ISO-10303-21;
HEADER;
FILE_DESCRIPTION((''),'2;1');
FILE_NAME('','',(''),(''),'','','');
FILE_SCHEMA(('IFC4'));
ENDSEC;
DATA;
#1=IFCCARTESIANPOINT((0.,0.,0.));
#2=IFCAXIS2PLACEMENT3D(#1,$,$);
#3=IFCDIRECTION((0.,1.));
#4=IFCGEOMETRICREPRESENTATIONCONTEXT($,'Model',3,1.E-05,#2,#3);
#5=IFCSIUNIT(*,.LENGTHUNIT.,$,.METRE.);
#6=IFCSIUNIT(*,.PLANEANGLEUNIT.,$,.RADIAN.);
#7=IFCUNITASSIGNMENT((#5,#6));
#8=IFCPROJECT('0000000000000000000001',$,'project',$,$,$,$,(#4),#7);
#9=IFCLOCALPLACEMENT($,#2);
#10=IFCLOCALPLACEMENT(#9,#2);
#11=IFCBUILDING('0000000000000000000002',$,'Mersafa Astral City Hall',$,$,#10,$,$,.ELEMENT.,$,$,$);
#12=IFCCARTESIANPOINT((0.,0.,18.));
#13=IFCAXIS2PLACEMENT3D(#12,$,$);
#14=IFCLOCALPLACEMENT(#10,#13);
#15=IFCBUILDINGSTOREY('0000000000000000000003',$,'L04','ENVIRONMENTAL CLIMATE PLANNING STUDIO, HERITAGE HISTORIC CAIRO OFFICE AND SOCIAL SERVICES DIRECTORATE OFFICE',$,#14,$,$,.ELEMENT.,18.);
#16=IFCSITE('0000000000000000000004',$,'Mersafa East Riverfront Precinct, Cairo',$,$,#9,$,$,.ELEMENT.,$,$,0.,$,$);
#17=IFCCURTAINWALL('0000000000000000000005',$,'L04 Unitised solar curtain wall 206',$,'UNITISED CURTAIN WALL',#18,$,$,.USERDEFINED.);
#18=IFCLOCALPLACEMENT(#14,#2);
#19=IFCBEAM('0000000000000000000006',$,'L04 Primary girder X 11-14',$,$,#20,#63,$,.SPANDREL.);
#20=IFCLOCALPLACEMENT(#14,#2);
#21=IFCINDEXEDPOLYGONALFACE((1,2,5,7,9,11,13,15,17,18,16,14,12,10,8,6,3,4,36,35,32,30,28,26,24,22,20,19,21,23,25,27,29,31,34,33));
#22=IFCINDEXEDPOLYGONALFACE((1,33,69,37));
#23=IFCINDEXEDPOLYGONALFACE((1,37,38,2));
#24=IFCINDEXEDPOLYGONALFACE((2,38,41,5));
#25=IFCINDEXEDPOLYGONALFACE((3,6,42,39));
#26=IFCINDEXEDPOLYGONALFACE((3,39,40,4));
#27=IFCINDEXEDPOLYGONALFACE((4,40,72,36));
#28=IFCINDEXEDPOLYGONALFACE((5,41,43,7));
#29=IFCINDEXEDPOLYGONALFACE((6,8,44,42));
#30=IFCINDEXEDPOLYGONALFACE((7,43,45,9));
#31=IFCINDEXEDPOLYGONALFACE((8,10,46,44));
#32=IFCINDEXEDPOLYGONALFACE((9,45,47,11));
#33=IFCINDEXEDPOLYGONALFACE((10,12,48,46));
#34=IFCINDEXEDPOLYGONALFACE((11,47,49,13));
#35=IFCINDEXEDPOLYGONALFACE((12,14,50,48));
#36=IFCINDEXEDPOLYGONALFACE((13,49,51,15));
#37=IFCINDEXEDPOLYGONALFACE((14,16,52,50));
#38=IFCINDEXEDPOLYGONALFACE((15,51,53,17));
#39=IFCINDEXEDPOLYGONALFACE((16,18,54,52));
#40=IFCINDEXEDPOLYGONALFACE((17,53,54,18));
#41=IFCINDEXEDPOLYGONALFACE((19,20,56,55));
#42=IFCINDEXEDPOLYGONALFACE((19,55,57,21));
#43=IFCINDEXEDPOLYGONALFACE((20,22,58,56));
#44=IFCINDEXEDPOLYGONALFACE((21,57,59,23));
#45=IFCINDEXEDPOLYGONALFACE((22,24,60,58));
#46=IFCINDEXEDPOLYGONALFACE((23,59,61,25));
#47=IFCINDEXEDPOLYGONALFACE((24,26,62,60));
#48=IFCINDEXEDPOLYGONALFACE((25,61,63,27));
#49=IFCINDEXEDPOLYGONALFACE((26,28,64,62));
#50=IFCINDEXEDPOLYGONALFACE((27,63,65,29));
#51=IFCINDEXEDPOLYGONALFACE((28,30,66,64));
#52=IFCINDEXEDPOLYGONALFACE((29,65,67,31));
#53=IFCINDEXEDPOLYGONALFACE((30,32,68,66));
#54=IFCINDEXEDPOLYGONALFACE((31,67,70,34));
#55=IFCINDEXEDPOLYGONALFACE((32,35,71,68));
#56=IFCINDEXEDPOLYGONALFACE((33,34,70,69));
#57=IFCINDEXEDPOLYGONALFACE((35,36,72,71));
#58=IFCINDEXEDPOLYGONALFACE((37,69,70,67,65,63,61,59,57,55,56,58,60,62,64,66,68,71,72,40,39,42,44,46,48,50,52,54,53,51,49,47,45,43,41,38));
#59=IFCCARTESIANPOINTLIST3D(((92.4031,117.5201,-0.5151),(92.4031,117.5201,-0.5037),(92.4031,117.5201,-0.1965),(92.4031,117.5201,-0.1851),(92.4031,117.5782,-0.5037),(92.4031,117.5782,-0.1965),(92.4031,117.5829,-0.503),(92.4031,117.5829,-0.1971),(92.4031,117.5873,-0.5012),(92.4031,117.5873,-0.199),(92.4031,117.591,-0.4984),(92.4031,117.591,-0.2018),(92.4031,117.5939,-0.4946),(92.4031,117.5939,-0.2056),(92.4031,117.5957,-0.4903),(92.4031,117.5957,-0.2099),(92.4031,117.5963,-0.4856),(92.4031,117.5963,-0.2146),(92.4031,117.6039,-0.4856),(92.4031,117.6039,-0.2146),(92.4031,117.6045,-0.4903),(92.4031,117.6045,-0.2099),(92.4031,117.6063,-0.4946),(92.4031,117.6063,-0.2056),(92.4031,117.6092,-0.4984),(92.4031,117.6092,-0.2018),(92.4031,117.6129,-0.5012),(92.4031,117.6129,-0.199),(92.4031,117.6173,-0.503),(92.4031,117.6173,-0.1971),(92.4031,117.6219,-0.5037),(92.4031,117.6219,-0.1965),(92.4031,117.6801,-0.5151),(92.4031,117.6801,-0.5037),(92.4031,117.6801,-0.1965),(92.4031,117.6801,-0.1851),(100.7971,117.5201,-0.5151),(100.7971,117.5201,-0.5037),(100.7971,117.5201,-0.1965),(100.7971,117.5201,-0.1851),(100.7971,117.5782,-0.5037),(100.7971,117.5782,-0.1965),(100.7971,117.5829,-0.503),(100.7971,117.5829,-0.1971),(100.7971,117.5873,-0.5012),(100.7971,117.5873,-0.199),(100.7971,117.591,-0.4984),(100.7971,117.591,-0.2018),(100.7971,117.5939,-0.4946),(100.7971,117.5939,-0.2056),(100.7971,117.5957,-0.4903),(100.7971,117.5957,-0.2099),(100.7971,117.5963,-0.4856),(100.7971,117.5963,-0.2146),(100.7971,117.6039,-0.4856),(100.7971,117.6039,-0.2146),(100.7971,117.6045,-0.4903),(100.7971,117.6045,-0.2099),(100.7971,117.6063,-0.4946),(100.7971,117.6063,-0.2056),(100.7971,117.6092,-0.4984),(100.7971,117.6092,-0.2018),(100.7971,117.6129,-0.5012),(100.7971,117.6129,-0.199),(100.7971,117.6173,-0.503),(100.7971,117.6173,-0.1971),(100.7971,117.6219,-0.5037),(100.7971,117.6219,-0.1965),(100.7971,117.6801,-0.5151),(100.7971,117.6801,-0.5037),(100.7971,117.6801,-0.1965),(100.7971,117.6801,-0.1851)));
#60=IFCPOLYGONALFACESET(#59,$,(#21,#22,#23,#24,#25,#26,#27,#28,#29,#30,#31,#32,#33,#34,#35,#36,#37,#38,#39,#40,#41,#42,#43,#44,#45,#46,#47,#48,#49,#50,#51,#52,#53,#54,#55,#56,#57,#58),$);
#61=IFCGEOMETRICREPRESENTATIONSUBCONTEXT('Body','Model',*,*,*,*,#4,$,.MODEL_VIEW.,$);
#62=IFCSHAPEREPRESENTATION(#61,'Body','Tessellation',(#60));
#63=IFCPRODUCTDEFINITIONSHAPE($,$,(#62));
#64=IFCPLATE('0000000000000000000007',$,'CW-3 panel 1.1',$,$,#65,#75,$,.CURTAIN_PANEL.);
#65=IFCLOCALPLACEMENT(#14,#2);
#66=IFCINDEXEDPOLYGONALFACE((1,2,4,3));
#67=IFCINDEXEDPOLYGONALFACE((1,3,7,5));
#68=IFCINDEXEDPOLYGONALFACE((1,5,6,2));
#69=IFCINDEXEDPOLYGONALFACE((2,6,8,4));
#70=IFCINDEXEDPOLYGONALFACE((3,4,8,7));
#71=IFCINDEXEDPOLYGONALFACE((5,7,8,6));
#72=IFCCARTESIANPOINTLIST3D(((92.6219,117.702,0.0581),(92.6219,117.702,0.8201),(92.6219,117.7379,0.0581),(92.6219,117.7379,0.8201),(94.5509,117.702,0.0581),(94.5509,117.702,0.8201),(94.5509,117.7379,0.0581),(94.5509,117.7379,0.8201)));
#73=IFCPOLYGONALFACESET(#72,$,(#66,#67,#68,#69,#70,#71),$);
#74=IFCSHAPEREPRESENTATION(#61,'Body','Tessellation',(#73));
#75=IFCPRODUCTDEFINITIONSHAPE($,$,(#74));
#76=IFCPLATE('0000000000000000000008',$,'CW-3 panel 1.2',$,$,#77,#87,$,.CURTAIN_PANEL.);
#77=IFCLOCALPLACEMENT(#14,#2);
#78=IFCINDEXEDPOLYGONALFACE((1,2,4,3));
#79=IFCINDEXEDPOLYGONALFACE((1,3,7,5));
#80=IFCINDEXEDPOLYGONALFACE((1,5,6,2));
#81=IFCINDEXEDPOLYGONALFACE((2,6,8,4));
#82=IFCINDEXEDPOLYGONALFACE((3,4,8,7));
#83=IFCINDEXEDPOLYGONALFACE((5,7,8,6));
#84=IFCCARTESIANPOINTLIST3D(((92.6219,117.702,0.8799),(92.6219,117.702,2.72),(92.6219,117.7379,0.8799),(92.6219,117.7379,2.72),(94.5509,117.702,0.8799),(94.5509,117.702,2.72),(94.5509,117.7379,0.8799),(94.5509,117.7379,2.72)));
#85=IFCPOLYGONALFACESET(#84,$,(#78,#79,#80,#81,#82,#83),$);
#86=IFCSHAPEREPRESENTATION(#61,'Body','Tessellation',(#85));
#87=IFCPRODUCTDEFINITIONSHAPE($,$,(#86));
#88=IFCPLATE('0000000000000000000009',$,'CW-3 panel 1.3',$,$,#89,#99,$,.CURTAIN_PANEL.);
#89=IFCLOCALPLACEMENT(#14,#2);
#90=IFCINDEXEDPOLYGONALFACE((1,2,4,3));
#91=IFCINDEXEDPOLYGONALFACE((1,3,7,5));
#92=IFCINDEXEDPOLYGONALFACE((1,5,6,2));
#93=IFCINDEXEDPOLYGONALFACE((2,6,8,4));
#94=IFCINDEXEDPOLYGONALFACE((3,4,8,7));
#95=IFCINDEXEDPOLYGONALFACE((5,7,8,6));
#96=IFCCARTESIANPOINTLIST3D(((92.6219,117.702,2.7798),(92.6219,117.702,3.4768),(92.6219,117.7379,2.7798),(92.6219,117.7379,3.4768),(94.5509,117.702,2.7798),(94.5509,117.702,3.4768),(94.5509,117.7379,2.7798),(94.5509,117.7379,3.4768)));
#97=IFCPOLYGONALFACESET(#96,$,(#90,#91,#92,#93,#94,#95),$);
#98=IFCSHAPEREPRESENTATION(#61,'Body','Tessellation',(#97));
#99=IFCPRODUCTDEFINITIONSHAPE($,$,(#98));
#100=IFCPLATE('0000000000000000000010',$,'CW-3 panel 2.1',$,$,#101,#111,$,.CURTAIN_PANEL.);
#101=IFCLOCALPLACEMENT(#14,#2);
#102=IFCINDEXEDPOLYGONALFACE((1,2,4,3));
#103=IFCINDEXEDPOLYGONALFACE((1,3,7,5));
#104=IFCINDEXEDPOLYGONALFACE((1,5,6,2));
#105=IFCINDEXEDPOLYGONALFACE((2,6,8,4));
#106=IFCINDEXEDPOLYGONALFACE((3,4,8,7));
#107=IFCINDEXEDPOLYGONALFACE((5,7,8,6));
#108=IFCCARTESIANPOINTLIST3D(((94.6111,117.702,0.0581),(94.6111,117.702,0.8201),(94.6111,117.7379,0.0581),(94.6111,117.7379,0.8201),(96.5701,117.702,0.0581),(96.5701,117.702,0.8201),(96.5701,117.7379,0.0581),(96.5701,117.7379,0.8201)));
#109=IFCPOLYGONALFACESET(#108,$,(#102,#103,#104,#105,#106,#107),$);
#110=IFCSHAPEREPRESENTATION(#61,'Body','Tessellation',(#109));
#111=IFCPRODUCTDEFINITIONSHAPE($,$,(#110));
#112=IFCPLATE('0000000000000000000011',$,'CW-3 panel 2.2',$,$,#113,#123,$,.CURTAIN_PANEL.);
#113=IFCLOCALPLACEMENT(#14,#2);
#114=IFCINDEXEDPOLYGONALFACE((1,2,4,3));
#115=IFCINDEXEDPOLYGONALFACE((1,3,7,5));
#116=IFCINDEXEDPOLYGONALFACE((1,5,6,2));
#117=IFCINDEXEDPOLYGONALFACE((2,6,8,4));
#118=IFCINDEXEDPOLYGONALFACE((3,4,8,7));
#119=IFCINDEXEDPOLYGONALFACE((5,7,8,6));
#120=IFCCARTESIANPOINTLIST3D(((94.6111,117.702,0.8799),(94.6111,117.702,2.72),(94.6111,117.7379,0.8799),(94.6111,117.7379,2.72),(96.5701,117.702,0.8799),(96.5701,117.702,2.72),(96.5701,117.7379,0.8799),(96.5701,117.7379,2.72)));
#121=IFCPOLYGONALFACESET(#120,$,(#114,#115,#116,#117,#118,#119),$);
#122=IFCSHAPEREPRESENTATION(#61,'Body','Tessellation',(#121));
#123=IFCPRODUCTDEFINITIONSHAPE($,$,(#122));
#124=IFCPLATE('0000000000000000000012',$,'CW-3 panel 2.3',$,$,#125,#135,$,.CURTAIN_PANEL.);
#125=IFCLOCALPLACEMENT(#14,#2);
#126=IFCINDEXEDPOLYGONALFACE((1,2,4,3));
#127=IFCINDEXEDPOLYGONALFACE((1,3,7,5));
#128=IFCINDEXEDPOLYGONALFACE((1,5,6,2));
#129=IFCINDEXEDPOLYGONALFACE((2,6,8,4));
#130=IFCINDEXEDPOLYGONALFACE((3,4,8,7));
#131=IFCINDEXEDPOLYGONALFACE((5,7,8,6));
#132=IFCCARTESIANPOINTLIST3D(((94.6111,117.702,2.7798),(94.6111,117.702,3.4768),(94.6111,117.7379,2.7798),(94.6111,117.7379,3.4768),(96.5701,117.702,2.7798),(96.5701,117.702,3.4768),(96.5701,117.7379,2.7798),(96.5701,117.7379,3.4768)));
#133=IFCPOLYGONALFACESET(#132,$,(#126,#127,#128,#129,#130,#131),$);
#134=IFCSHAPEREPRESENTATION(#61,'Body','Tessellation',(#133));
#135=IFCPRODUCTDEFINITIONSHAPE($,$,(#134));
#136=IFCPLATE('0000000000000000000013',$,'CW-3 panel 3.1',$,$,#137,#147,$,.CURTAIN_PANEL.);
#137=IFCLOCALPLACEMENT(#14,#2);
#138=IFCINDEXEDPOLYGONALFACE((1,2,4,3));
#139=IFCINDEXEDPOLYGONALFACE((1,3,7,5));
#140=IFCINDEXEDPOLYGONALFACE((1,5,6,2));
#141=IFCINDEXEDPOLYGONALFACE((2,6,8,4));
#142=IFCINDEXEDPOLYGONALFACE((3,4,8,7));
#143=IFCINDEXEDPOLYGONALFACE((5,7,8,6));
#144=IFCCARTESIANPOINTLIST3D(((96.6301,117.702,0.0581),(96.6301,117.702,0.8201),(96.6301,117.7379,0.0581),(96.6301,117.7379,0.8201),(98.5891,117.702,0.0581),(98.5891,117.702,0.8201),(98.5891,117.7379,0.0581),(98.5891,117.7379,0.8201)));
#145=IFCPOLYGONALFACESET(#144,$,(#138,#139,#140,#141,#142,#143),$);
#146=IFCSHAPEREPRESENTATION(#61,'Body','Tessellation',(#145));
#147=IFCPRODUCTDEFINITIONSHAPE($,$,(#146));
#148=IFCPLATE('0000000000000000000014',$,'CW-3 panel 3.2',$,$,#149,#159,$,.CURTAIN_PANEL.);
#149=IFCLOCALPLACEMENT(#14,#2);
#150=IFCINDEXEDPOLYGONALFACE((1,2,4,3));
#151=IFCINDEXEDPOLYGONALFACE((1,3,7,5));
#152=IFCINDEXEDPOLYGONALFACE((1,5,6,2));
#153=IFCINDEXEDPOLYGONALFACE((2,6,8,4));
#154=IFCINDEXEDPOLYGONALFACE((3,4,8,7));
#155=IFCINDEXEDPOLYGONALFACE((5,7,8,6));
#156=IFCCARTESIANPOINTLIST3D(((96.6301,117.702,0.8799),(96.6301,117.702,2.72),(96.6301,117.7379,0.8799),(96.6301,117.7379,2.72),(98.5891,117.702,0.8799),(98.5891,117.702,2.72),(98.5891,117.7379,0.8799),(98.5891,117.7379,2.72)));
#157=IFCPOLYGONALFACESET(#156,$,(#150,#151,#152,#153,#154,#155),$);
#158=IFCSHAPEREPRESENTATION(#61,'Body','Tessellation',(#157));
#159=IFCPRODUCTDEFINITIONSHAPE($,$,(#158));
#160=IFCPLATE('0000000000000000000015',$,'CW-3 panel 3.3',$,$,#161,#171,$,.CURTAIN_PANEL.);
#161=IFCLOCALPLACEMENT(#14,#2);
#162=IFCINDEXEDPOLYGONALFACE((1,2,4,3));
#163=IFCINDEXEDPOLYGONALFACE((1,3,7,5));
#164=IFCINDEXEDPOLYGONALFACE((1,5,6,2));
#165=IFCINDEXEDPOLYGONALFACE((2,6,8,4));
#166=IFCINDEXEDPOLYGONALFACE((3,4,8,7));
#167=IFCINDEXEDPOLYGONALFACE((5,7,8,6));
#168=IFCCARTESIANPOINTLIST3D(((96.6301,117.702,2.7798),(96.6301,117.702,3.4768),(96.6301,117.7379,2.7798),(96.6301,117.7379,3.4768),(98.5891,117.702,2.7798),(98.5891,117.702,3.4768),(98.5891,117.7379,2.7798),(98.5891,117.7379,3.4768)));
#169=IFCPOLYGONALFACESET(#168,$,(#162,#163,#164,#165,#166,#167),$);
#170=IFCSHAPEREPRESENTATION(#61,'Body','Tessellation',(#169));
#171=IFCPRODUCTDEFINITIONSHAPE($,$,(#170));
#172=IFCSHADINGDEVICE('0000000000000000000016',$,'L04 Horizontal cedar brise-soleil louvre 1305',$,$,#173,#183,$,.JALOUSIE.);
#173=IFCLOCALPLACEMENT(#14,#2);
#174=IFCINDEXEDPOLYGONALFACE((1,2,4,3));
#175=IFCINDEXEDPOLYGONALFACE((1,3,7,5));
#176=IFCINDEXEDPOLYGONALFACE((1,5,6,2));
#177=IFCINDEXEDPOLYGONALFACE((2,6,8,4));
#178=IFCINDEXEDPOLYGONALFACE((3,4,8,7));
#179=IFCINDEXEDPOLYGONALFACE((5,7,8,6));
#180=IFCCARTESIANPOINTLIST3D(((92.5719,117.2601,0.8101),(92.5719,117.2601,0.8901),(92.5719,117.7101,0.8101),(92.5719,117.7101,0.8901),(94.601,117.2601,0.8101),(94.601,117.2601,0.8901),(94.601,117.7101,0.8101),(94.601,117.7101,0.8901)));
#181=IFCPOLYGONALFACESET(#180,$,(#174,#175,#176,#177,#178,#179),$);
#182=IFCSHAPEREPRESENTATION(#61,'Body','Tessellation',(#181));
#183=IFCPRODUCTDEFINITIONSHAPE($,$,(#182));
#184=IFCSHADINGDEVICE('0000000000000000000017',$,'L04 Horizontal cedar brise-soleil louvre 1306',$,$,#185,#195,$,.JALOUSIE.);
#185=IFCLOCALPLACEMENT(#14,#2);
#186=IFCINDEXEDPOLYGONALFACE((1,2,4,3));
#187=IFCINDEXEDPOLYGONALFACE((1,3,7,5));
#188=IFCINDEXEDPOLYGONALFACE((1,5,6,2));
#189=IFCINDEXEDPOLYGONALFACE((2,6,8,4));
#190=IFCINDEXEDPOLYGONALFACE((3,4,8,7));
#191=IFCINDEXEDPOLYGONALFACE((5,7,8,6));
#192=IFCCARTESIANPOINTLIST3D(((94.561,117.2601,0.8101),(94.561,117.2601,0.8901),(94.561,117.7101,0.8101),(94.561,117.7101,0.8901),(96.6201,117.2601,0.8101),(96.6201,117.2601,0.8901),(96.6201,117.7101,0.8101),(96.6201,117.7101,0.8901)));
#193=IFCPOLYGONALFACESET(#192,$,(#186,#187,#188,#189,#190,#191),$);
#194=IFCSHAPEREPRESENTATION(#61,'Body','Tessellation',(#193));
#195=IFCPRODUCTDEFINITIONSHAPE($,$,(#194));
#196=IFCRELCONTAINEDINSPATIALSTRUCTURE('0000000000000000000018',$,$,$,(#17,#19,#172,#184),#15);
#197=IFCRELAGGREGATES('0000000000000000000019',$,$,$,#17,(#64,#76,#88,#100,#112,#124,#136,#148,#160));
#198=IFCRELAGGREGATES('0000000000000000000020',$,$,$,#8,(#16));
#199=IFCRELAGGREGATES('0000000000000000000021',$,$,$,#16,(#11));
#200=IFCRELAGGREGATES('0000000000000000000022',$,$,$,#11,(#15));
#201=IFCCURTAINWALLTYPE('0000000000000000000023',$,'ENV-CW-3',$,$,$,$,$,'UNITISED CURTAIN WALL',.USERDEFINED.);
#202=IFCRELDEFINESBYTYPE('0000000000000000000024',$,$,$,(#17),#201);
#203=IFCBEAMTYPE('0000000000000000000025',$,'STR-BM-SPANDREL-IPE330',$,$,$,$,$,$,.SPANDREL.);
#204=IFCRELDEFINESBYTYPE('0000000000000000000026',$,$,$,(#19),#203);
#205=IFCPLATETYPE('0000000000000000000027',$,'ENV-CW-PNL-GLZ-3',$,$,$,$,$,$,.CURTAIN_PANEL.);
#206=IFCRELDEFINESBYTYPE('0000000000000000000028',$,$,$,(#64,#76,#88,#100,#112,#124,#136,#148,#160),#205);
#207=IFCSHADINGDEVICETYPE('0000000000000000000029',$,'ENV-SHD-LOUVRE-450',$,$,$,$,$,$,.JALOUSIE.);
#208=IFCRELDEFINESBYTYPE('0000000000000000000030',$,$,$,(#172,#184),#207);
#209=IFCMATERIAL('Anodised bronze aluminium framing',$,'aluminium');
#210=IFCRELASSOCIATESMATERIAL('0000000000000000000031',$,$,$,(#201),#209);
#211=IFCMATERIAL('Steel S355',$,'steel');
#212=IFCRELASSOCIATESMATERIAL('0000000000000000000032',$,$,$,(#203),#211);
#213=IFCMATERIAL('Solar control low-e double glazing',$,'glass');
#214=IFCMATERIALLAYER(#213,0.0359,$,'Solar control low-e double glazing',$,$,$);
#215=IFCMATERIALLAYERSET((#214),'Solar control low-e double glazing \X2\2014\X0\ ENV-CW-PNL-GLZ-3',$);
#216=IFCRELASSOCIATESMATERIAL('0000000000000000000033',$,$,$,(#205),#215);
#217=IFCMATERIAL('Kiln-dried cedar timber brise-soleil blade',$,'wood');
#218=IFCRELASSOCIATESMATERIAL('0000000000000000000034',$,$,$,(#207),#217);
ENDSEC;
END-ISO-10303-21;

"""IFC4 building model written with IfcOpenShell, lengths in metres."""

from ifc_helpers import new_model, si_unit, direction, frame, origin, origin_2d, place, context, subcontext, project, spatial, rectangle, i_section, extrude, material, layer, layer_set, material_profile, profile_set, type_object, element, aggregate, save


model = new_model("IFC4")

# Units and contexts
model_context = context("Model", 3, precision=1e-05, world=origin(), true_north=direction((0.0, 1.0)))
body_context = subcontext(model_context, "Body", "Model", "MODEL_VIEW")
ifc_project = project(units=[si_unit("LENGTHUNIT", "METRE"), si_unit("PLANEANGLEUNIT", "RADIAN")], contexts=[model_context])

# Site, building, storey
site_placement = place(None, origin())
site = spatial("IfcSite", under=ifc_project, at=site_placement, Name="Mersafa East Riverfront Precinct, Cairo", CompositionType="ELEMENT", RefElevation=0.0)
building_placement = place(site_placement, origin())
building = spatial("IfcBuilding", under=site, at=building_placement, Name="Mersafa Astral City Hall", CompositionType="ELEMENT")
storey_placement = place(building_placement, frame((0.0, 0.0, 18.0)))
storey = spatial("IfcBuildingStorey", under=building, at=storey_placement, Name="L04", Description="ENVIRONMENTAL CLIMATE PLANNING STUDIO, HERITAGE HISTORIC CAIRO OFFICE AND SOCIAL SERVICES DIRECTORATE OFFICE", CompositionType="ELEMENT", Elevation=18.0)

# Curtain wall
ifc_material_1 = material(Name="Anodised bronze aluminium framing", Category="aluminium")
curtain_wall_type = type_object("IfcCurtainWallType", Name="ENV-CW-3", ElementType="UNITISED CURTAIN WALL", PredefinedType="USERDEFINED", material=ifc_material_1)
curtain_wall_placement = place(storey_placement, origin())
curtain_wall = element("IfcCurtainWall", 1, at=curtain_wall_placement, inside=storey, type_object=curtain_wall_type, Name="L04 Unitised solar curtain wall 206", ObjectType="UNITISED CURTAIN WALL", PredefinedType="USERDEFINED")

# Beam
ifc_material_2 = material(Name="Steel S355", Category="steel")
ifc_material_profile_1 = material_profile(ifc_material_2, i_section(OverallWidth=0.1599, OverallDepth=0.3301, WebThickness=0.0076, FlangeThickness=0.0115, FilletRadius=0.0181, at=origin_2d()), Name="IPE 330")
ifc_profile_set_1 = profile_set([ifc_material_profile_1], Name="Steel S355")
beam_type_1 = type_object("IfcBeamType", Name="STR-BM-SPANDREL-IPE330", PredefinedType="SPANDREL", material=ifc_profile_set_1)
beam_placement = place(storey_placement, frame((92.4031, 117.6001, -0.3501), z_axis=(1.0, 0.0, 0.0), x_axis=(0.0, 1.0, 0.0)))
element("IfcBeam", 2, at=beam_placement, inside=storey, type_object=beam_type_1, Name="L04 Primary girder X 11-14", PredefinedType="SPANDREL", context=body_context, shape_type="SweptSolid", body=[
    extrude(i_section(OverallWidth=0.1599, OverallDepth=0.3301, WebThickness=0.0076, FlangeThickness=0.0115, FilletRadius=0.0181, at=origin_2d()), origin(), (0.0, 0.0, 1.0), 8.394),
])

# Plates
ifc_material_3 = material(Name="Solar control low-e double glazing", Category="glass")
ifc_layer = layer(ifc_material_3, 0.0359, Name="Solar control low-e double glazing")
ifc_layer_set = layer_set([ifc_layer], Name="Solar control low-e double glazing — ENV-CW-PNL-GLZ-3")
plate_type = type_object("IfcPlateType", Name="ENV-CW-PNL-GLZ-3", PredefinedType="CURTAIN_PANEL", material=ifc_layer_set)
plate_1_placement = place(storey_placement, frame((93.5864, 117.72, 0.0581), z_axis=(0.0, 0.0, 1.0), x_axis=(1.0, 0.0, 0.0)))
plate_1 = element("IfcPlate", 3, at=plate_1_placement, type_object=plate_type, Name="CW-3 panel 1.1", PredefinedType="CURTAIN_PANEL", context=body_context, shape_type="SweptSolid", body=[
    extrude(rectangle(XDim=1.929, YDim=0.0359, at=origin_2d()), origin(), (0.0, 0.0, 1.0), 0.762),
])
plate_2_placement = place(storey_placement, frame((93.5864, 117.72, 0.8799), z_axis=(0.0, 0.0, 1.0), x_axis=(1.0, 0.0, 0.0)))
plate_2 = element("IfcPlate", 4, at=plate_2_placement, type_object=plate_type, Name="CW-3 panel 1.2", PredefinedType="CURTAIN_PANEL", context=body_context, shape_type="SweptSolid", body=[
    extrude(rectangle(XDim=1.929, YDim=0.0359, at=origin_2d()), origin(), (0.0, 0.0, 1.0), 1.8401),
])
plate_3_placement = place(storey_placement, frame((93.5864, 117.72, 2.7798), z_axis=(0.0, 0.0, 1.0), x_axis=(1.0, 0.0, 0.0)))
plate_3 = element("IfcPlate", 5, at=plate_3_placement, type_object=plate_type, Name="CW-3 panel 1.3", PredefinedType="CURTAIN_PANEL", context=body_context, shape_type="SweptSolid", body=[
    extrude(rectangle(XDim=1.929, YDim=0.0359, at=origin_2d()), origin(), (0.0, 0.0, 1.0), 0.697),
])
plate_4_placement = place(storey_placement, frame((95.5906, 117.72, 0.0581), z_axis=(0.0, 0.0, 1.0), x_axis=(1.0, 0.0, 0.0)))
plate_4 = element("IfcPlate", 6, at=plate_4_placement, type_object=plate_type, Name="CW-3 panel 2.1", PredefinedType="CURTAIN_PANEL", context=body_context, shape_type="SweptSolid", body=[
    extrude(rectangle(XDim=1.959, YDim=0.0359, at=origin_2d()), origin(), (0.0, 0.0, 1.0), 0.762),
])
plate_5_placement = place(storey_placement, frame((95.5906, 117.72, 0.8799), z_axis=(0.0, 0.0, 1.0), x_axis=(1.0, 0.0, 0.0)))
plate_5 = element("IfcPlate", 7, at=plate_5_placement, type_object=plate_type, Name="CW-3 panel 2.2", PredefinedType="CURTAIN_PANEL", context=body_context, shape_type="SweptSolid", body=[
    extrude(rectangle(XDim=1.959, YDim=0.0359, at=origin_2d()), origin(), (0.0, 0.0, 1.0), 1.8401),
])
plate_6_placement = place(storey_placement, frame((95.5906, 117.72, 2.7798), z_axis=(0.0, 0.0, 1.0), x_axis=(1.0, 0.0, 0.0)))
plate_6 = element("IfcPlate", 8, at=plate_6_placement, type_object=plate_type, Name="CW-3 panel 2.3", PredefinedType="CURTAIN_PANEL", context=body_context, shape_type="SweptSolid", body=[
    extrude(rectangle(XDim=1.959, YDim=0.0359, at=origin_2d()), origin(), (0.0, 0.0, 1.0), 0.697),
])
plate_7_placement = place(storey_placement, frame((97.6096, 117.72, 0.0581), z_axis=(0.0, 0.0, 1.0), x_axis=(1.0, 0.0, 0.0)))
plate_7 = element("IfcPlate", 9, at=plate_7_placement, type_object=plate_type, Name="CW-3 panel 3.1", PredefinedType="CURTAIN_PANEL", context=body_context, shape_type="SweptSolid", body=[
    extrude(rectangle(XDim=1.959, YDim=0.0359, at=origin_2d()), origin(), (0.0, 0.0, 1.0), 0.762),
])
plate_8_placement = place(storey_placement, frame((97.6096, 117.72, 0.8799), z_axis=(0.0, 0.0, 1.0), x_axis=(1.0, 0.0, 0.0)))
plate_8 = element("IfcPlate", 10, at=plate_8_placement, type_object=plate_type, Name="CW-3 panel 3.2", PredefinedType="CURTAIN_PANEL", context=body_context, shape_type="SweptSolid", body=[
    extrude(rectangle(XDim=1.959, YDim=0.0359, at=origin_2d()), origin(), (0.0, 0.0, 1.0), 1.8401),
])
plate_9_placement = place(storey_placement, frame((97.6096, 117.72, 2.7798), z_axis=(0.0, 0.0, 1.0), x_axis=(1.0, 0.0, 0.0)))
plate_9 = element("IfcPlate", 11, at=plate_9_placement, type_object=plate_type, Name="CW-3 panel 3.3", PredefinedType="CURTAIN_PANEL", context=body_context, shape_type="SweptSolid", body=[
    extrude(rectangle(XDim=1.959, YDim=0.0359, at=origin_2d()), origin(), (0.0, 0.0, 1.0), 0.697),
])
aggregate(curtain_wall, [plate_1, plate_2, plate_3, plate_4, plate_5, plate_6, plate_7, plate_8, plate_9])

# Shading devices
ifc_material_4 = material(Name="Kiln-dried cedar timber brise-soleil blade", Category="wood")
shading_device_type = type_object("IfcShadingDeviceType", Name="ENV-SHD-LOUVRE-450", PredefinedType="JALOUSIE", material=ifc_material_4)
shading_device_placement = place(storey_placement, frame((93.5864, 117.4851, 0.8101), z_axis=(0.0, 0.0, 1.0), x_axis=(1.0, 0.0, 0.0)))
element("IfcShadingDevice", 12, at=shading_device_placement, inside=storey, type_object=shading_device_type, Name="L04 Horizontal cedar brise-soleil louvre 1305", PredefinedType="JALOUSIE", context=body_context, shape_type="SweptSolid", body=[
    extrude(rectangle(XDim=2.0291, YDim=0.45, at=origin_2d()), origin(), (0.0, 0.0, 1.0), 0.0801),
])
for number, where, z_axis, x_axis, name in (
    (13, (95.5906, 117.4851, 0.8101), (0.0, 0.0, 1.0), (1.0, 0.0, 0.0), "L04 Horizontal cedar brise-soleil louvre 1306"),
):
    element("IfcShadingDevice", number, at=place(storey_placement, frame(where, z_axis=z_axis, x_axis=x_axis)), inside=storey, type_object=shading_device_type, Name=name, PredefinedType="JALOUSIE", context=body_context, shape_type="SweptSolid", body=[
        extrude(rectangle(XDim=2.0591, YDim=0.45, at=origin_2d()), origin(), (0.0, 0.0, 1.0), 0.0801),
    ])

save(model, "model.ifc")
